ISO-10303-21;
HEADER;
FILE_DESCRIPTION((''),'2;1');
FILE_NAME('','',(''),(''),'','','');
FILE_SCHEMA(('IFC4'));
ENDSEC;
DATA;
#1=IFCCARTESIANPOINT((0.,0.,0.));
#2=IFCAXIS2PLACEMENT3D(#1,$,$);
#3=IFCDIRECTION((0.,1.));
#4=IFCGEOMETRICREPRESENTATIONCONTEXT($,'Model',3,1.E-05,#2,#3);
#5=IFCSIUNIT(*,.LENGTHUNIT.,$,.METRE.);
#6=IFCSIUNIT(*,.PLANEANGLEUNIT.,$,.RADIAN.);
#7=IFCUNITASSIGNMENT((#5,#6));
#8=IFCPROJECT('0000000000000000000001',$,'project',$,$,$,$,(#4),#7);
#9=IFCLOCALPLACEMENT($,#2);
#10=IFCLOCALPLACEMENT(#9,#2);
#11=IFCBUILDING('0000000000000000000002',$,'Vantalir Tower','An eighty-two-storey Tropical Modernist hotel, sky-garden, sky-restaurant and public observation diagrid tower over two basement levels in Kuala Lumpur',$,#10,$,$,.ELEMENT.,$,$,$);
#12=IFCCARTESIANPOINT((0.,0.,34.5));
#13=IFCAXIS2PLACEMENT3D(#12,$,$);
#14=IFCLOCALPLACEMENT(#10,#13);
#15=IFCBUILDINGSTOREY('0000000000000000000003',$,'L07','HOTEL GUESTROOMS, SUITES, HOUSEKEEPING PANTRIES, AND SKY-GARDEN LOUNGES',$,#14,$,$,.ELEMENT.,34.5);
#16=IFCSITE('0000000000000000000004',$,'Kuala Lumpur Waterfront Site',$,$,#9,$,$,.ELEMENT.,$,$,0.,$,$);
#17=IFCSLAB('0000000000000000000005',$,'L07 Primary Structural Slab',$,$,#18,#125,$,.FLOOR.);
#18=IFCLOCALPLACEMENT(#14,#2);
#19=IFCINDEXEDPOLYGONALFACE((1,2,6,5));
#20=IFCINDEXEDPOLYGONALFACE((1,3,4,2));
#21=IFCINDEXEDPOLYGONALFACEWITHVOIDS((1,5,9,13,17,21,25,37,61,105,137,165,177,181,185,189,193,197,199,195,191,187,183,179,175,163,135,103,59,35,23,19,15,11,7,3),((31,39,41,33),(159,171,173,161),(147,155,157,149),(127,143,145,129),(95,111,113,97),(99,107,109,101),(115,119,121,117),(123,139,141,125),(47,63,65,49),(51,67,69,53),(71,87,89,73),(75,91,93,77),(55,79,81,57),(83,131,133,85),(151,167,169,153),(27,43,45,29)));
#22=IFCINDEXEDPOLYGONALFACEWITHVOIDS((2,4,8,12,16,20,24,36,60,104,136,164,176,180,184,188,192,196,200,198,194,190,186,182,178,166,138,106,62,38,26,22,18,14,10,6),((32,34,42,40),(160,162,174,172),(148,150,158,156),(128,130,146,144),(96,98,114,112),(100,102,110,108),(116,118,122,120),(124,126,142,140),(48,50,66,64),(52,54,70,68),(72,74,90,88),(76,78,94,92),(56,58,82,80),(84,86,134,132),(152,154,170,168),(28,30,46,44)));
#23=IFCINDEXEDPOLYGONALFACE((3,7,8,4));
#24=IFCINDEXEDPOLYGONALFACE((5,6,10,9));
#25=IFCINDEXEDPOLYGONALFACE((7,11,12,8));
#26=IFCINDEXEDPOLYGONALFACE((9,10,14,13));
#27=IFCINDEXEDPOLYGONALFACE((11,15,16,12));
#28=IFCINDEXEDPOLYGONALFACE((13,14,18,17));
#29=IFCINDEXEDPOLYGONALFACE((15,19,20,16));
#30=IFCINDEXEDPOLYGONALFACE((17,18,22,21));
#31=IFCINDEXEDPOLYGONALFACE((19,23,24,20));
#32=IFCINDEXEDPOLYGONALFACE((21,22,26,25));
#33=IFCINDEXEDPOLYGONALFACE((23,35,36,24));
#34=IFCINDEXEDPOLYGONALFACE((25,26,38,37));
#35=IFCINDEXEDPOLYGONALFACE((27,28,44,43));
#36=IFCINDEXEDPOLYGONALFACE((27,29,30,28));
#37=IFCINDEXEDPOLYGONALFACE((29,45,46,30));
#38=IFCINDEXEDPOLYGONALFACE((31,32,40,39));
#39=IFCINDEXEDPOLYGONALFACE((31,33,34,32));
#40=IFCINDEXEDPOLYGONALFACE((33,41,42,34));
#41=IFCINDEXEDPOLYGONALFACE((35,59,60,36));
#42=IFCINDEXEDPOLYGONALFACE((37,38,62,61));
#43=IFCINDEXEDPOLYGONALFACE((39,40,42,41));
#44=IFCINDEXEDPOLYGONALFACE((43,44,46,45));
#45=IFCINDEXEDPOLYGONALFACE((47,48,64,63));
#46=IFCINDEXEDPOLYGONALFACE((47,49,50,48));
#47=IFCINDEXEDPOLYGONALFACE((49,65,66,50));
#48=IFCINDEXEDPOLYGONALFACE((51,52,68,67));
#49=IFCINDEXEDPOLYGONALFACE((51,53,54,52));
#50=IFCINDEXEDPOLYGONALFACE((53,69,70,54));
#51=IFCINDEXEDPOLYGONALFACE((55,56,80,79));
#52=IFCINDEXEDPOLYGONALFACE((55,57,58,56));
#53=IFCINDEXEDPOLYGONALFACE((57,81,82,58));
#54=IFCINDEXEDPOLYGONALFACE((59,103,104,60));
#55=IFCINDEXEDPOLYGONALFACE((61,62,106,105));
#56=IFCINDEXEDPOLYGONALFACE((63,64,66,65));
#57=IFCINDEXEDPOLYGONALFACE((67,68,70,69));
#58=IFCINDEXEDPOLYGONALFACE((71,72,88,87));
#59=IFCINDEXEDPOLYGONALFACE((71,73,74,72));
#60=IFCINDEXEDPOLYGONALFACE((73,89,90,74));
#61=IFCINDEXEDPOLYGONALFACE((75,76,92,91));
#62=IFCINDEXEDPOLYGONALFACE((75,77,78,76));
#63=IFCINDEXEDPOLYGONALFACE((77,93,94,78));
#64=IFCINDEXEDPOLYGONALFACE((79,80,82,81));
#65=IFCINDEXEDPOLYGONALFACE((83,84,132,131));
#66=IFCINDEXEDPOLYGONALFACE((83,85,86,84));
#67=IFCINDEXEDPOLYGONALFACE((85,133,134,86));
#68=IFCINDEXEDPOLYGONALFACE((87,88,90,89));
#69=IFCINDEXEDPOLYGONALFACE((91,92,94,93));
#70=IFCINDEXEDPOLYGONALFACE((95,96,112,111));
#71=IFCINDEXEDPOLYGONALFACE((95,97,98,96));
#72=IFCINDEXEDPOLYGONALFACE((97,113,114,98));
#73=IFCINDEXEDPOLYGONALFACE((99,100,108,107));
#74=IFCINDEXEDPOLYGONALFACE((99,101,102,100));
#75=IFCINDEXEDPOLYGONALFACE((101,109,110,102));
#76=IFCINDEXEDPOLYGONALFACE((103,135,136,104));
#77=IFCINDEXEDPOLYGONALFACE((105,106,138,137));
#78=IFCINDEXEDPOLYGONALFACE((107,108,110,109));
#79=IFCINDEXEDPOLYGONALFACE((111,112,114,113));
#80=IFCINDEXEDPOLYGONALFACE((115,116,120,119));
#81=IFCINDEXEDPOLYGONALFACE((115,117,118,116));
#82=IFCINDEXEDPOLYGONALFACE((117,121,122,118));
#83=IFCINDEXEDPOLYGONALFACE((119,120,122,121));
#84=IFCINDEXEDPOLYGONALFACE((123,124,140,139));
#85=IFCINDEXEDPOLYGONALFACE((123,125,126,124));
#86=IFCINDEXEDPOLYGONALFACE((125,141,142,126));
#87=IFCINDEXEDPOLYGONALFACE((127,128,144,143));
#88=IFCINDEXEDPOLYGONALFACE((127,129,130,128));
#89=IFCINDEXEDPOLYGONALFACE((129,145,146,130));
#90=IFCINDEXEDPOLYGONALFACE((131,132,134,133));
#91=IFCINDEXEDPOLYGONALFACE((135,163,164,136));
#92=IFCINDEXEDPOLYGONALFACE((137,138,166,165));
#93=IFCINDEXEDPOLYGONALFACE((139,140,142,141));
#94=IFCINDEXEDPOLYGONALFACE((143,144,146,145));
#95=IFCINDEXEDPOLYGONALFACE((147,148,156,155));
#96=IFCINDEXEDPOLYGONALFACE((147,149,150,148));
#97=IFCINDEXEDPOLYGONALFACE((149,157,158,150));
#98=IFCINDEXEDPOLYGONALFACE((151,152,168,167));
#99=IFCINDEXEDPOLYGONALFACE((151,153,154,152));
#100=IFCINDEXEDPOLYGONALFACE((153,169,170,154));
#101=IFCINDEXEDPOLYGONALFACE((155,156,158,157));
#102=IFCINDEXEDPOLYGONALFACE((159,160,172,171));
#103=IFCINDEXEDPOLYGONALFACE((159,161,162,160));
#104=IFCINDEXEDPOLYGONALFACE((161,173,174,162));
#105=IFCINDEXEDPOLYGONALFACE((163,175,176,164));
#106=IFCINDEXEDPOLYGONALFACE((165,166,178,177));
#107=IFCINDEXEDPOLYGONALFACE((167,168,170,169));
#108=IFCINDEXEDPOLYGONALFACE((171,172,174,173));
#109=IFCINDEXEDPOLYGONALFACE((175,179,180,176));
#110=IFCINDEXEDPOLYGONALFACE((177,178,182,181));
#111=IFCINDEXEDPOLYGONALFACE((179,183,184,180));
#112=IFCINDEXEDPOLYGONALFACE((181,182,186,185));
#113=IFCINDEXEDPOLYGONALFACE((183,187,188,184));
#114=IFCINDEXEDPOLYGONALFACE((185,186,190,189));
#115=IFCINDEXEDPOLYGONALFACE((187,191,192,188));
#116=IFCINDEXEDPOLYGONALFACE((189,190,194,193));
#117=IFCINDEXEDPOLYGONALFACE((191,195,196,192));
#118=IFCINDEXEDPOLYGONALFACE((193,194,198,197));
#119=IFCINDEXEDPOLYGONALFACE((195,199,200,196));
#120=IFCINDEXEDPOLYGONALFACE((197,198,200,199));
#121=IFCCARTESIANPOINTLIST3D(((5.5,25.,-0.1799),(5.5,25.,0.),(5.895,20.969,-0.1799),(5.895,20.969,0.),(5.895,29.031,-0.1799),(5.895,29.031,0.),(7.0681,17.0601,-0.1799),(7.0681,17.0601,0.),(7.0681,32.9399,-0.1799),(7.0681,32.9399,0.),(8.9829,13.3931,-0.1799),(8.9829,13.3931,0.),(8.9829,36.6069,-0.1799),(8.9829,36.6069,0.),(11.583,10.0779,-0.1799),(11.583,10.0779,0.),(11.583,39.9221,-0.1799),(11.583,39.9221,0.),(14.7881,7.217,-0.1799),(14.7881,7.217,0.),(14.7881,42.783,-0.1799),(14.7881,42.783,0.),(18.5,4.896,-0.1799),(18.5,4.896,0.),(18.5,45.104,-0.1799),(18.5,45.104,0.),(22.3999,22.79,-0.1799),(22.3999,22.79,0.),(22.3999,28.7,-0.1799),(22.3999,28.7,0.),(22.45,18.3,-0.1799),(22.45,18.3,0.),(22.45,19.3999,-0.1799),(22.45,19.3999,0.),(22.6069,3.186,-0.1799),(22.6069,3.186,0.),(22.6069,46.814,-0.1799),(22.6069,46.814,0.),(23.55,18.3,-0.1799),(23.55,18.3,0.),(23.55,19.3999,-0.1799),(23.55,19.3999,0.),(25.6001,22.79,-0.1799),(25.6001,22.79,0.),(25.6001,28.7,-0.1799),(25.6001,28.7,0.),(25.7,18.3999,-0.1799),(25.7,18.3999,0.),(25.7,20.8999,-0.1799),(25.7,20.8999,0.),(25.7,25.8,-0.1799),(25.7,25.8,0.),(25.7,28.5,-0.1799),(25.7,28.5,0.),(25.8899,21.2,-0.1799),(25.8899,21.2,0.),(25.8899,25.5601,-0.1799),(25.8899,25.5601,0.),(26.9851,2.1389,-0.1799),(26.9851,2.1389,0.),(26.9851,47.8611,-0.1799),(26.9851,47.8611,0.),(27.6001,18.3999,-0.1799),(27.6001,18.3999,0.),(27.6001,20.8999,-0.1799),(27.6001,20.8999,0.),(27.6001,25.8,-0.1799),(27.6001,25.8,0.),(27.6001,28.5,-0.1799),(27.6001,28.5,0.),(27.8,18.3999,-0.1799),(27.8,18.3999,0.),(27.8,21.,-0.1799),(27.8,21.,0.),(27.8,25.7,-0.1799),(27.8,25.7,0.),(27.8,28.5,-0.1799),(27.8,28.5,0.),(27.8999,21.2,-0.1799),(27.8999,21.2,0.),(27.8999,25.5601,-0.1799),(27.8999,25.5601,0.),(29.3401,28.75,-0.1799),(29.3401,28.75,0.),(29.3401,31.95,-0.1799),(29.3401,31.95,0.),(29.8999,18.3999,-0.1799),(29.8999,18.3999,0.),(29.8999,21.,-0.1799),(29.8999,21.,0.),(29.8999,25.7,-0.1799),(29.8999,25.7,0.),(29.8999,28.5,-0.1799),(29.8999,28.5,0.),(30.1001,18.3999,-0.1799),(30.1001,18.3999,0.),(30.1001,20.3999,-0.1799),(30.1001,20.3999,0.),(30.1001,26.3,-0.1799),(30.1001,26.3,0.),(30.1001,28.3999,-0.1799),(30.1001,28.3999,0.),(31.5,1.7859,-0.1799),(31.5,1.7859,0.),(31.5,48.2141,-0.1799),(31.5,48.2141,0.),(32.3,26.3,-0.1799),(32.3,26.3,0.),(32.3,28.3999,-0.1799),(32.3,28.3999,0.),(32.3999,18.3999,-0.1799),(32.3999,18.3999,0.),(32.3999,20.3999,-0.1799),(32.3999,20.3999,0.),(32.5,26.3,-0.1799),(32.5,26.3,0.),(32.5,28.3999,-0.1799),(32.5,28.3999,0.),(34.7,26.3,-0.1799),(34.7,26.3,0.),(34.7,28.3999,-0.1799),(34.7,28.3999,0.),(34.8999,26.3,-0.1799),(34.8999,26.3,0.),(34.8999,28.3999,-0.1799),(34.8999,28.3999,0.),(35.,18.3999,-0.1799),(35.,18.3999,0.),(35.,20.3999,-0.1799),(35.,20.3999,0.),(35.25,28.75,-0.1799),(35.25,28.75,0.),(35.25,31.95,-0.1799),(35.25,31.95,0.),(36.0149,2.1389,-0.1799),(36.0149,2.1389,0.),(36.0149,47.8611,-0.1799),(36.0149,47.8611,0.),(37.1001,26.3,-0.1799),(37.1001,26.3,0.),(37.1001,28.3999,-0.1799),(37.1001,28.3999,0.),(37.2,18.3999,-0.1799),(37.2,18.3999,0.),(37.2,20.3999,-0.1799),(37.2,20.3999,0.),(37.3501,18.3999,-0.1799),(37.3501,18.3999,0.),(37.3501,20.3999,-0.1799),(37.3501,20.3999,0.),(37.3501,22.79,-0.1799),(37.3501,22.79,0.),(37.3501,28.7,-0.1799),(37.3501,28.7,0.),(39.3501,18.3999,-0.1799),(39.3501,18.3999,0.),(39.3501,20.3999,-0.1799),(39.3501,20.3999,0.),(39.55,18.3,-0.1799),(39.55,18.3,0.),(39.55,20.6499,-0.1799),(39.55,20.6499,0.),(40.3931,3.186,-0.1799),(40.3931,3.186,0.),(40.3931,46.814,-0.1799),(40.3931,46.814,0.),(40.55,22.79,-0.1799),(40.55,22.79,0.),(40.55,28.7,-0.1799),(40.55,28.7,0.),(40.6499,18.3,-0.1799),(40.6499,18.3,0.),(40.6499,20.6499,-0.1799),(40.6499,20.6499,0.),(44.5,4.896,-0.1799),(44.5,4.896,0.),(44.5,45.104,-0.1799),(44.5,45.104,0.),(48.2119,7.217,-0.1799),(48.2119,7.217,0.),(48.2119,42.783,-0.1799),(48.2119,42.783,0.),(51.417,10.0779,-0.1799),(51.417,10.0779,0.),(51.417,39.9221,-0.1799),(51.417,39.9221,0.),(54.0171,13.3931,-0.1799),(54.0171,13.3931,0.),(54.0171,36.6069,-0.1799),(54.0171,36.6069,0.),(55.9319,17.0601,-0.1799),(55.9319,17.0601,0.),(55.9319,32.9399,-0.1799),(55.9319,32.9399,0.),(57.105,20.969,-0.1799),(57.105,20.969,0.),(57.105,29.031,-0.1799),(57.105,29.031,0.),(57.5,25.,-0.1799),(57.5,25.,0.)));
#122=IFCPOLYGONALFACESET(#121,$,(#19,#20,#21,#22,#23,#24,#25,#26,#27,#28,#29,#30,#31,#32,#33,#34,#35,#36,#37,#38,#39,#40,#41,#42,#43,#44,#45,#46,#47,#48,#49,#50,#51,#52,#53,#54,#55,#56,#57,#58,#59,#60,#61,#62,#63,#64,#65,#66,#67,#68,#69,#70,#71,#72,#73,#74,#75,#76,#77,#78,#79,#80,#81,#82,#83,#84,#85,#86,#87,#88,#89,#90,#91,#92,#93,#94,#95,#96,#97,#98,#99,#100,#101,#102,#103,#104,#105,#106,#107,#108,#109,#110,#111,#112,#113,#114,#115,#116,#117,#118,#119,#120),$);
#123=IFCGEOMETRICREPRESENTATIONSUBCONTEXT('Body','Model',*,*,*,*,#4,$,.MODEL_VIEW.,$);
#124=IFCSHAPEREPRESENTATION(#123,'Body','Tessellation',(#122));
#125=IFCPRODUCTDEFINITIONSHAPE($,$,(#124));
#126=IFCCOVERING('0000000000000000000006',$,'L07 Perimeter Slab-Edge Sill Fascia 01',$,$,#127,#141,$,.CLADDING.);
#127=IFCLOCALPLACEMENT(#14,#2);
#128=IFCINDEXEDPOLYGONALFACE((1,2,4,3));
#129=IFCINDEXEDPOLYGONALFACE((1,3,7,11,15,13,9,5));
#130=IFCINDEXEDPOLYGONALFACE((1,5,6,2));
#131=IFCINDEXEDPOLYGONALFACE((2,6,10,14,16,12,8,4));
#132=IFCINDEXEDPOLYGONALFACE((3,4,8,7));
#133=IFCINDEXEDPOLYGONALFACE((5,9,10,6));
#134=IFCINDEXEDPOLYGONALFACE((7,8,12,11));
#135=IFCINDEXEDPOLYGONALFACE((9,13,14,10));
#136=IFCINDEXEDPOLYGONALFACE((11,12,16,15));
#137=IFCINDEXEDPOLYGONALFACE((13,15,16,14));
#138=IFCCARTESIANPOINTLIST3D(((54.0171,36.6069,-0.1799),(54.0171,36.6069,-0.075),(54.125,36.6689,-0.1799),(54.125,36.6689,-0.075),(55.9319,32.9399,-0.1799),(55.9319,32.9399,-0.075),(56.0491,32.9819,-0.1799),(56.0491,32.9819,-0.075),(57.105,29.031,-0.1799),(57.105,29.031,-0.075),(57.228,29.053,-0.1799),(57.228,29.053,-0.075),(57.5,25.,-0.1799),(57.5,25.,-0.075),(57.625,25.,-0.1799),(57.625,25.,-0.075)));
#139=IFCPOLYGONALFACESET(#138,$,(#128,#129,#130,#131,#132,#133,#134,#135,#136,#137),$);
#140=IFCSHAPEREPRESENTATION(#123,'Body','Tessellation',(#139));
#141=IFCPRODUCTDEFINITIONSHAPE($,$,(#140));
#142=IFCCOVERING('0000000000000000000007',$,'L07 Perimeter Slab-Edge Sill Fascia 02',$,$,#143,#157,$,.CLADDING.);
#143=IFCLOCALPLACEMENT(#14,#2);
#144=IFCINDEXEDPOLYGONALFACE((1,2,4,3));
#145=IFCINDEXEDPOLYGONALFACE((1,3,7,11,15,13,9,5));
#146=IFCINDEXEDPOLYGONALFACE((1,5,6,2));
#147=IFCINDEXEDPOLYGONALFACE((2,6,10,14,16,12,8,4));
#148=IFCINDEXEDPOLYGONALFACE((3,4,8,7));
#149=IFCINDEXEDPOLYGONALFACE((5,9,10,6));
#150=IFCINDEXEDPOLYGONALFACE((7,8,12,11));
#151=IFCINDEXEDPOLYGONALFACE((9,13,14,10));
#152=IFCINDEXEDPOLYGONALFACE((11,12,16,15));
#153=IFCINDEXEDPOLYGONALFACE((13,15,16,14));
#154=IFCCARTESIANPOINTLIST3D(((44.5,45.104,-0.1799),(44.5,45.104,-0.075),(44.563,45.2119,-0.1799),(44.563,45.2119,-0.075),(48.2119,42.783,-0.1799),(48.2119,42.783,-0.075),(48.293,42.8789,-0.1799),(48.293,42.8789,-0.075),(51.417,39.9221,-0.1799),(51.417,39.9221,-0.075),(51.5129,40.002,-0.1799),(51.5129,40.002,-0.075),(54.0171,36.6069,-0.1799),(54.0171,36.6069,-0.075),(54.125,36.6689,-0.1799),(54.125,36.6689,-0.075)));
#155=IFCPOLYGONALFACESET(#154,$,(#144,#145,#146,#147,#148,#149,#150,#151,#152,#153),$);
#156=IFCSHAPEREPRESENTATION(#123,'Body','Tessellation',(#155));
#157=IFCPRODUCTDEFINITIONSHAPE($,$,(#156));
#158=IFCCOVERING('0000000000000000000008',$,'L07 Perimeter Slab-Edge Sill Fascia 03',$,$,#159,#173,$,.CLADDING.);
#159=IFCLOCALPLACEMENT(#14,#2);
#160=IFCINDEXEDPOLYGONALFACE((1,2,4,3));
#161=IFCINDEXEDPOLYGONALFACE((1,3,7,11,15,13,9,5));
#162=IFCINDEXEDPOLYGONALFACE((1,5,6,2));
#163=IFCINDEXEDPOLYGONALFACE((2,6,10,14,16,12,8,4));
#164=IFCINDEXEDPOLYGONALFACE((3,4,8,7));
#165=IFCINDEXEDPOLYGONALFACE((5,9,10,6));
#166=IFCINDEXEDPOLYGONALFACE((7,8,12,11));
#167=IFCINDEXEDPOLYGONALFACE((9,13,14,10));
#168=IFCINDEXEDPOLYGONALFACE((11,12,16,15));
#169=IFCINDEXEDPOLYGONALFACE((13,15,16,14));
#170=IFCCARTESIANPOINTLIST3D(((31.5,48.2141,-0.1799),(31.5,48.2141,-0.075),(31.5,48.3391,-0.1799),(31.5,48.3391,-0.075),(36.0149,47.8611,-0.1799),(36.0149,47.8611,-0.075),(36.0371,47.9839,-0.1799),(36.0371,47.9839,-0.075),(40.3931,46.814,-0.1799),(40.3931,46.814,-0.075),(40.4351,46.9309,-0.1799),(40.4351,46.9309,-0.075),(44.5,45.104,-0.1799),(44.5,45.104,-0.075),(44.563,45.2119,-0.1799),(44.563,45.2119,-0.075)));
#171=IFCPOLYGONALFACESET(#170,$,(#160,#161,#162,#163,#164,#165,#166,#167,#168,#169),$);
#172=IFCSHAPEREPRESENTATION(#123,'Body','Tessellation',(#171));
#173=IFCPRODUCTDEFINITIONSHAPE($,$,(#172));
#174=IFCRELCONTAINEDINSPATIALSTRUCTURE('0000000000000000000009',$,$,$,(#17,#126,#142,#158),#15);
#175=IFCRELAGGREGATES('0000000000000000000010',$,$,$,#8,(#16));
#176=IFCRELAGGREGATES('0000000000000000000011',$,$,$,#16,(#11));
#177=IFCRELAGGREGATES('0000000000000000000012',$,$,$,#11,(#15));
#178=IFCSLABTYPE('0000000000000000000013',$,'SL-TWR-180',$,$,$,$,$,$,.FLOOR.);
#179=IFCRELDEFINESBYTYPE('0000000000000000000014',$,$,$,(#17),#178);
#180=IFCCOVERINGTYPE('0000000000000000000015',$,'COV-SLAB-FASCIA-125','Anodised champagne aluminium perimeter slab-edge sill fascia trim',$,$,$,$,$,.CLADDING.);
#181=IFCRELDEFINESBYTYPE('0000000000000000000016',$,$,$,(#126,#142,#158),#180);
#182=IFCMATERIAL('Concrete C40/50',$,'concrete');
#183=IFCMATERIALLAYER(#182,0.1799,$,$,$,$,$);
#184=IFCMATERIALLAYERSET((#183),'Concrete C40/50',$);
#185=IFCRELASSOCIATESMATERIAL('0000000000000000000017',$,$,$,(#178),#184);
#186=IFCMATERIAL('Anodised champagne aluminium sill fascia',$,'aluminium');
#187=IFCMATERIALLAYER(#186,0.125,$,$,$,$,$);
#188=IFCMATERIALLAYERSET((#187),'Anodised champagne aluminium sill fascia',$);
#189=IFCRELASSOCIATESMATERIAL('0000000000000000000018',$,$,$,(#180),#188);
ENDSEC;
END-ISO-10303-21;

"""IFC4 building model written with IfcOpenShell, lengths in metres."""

from ifc_helpers import new_model, si_unit, direction, frame, origin, place, context, subcontext, project, spatial, polyline, outline, extrude, material, layer, layer_set, type_object, element, save


model = new_model("IFC4")

# Units and contexts
model_context = context("Model", 3, precision=1e-05, world=origin(), true_north=direction((0.0, 1.0)))
body_context = subcontext(model_context, "Body", "Model", "MODEL_VIEW")
ifc_project = project(units=[si_unit("LENGTHUNIT", "METRE"), si_unit("PLANEANGLEUNIT", "RADIAN")], contexts=[model_context])

# Site, building, storey
site_placement = place(None, origin())
site = spatial("IfcSite", under=ifc_project, at=site_placement, Name="Kuala Lumpur Waterfront Site", CompositionType="ELEMENT", RefElevation=0.0)
building_placement = place(site_placement, origin())
building = spatial("IfcBuilding", under=site, at=building_placement, Name="Vantalir Tower", Description="An eighty-two-storey Tropical Modernist hotel, sky-garden, sky-restaurant and public observation diagrid tower over two basement levels in Kuala Lumpur", CompositionType="ELEMENT")
storey_placement = place(building_placement, frame((0.0, 0.0, 34.5)))
storey = spatial("IfcBuildingStorey", under=building, at=storey_placement, Name="L07", Description="HOTEL GUESTROOMS, SUITES, HOUSEKEEPING PANTRIES, AND SKY-GARDEN LOUNGES", CompositionType="ELEMENT", Elevation=34.5)

# Shared definitions
ifc_material_1 = material(Name="Concrete C40/50", Category="concrete")

# Slab
ifc_layer_1 = layer(ifc_material_1, 0.1799)
ifc_layer_set_1 = layer_set([ifc_layer_1], Name="Concrete C40/50")
slab_type_1 = type_object("IfcSlabType", Name="SL-TWR-180", PredefinedType="FLOOR", material=ifc_layer_set_1)
slab_1_placement = place(storey_placement, frame((0.0, 0.0, -0.1799)))
element("IfcSlab", 1, at=slab_1_placement, inside=storey, type_object=slab_type_1, Name="L07 Primary Structural Slab", PredefinedType="FLOOR", context=body_context, shape_type="SweptSolid", body=[
    extrude(outline(polyline([(8.9829, 13.3931), (11.583, 10.0779), (14.7881, 7.217), (18.5, 4.896), (22.6069, 3.186), (26.9851, 2.1389), (31.5, 1.7859), (36.0149, 2.1389), (40.3931, 3.186), (44.5, 4.896), (48.2119, 7.217), (51.417, 10.0779), (54.0171, 13.3931), (55.9319, 17.0601), (57.105, 20.969), (57.5, 25.0), (57.105, 29.031), (55.9319, 32.9399), (54.0171, 36.6069), (51.417, 39.9221), (48.2119, 42.783), (44.5, 45.104), (40.3931, 46.814), (36.0149, 47.8611), (31.5, 48.2141), (26.9851, 47.8611), (22.6069, 46.814), (18.5, 45.104), (14.7881, 42.783), (11.583, 39.9221), (8.9829, 36.6069), (7.0681, 32.9399), (5.895, 29.031), (5.5, 25.0), (5.895, 20.969), (7.0681, 17.0601), (8.9829, 13.3931)]), holes=[polyline([(22.3999, 22.79), (22.3999, 28.7), (25.6001, 28.7), (25.6001, 22.79), (22.3999, 22.79)]), polyline([(37.3501, 28.7), (40.55, 28.7), (40.55, 22.79), (37.3501, 22.79), (37.3501, 28.7)]), polyline([(35.25, 28.75), (29.3401, 28.75), (29.3401, 31.95), (35.25, 31.95), (35.25, 28.75)]), polyline([(27.6001, 18.3999), (25.7, 18.3999), (25.7, 20.8999), (27.6001, 20.8999), (27.6001, 18.3999)]), polyline([(25.7, 25.8), (25.7, 28.5), (27.6001, 28.5), (27.6001, 25.8), (25.7, 25.8)]), polyline([(27.8, 21.0), (29.8999, 21.0), (29.8999, 18.3999), (27.8, 18.3999), (27.8, 21.0)]), polyline([(29.8999, 28.5), (29.8999, 25.7), (27.8, 25.7), (27.8, 28.5), (29.8999, 28.5)]), polyline([(32.3999, 18.3999), (30.1001, 18.3999), (30.1001, 20.3999), (32.3999, 20.3999), (32.3999, 18.3999)]), polyline([(37.3501, 18.3999), (37.3501, 20.3999), (39.3501, 20.3999), (39.3501, 18.3999), (37.3501, 18.3999)]), polyline([(35.0, 20.3999), (37.2, 20.3999), (37.2, 18.3999), (35.0, 18.3999), (35.0, 20.3999)]), polyline([(32.3, 28.3999), (32.3, 26.3), (30.1001, 26.3), (30.1001, 28.3999), (32.3, 28.3999)]), polyline([(34.7, 26.3), (32.5, 26.3), (32.5, 28.3999), (34.7, 28.3999), (34.7, 26.3)]), polyline([(34.8999, 26.3), (34.8999, 28.3999), (37.1001, 28.3999), (37.1001, 26.3), (34.8999, 26.3)]), polyline([(25.8899, 25.5601), (27.8999, 25.5601), (27.8999, 21.2), (25.8899, 21.2), (25.8899, 25.5601)]), polyline([(23.55, 19.3999), (23.55, 18.3), (22.45, 18.3), (22.45, 19.3999), (23.55, 19.3999)]), polyline([(40.6499, 18.3), (39.55, 18.3), (39.55, 20.6499), (40.6499, 20.6499), (40.6499, 18.3)])]), origin(), (0.0, 0.0, 1.0), 0.1799),
])

# Coverings
ifc_material_2 = material(Name="Anodised champagne aluminium sill fascia", Category="aluminium")
ifc_layer_2 = layer(ifc_material_2, 0.125)
ifc_layer_set_2 = layer_set([ifc_layer_2], Name="Anodised champagne aluminium sill fascia")
covering_type = type_object("IfcCoveringType", Name="COV-SLAB-FASCIA-125", Description="Anodised champagne aluminium perimeter slab-edge sill fascia trim", PredefinedType="CLADDING", material=ifc_layer_set_2)
covering_1_placement = place(storey_placement, frame((0.0, 0.0, -0.1799)))
element("IfcCovering", 2, at=covering_1_placement, inside=storey, type_object=covering_type, Name="L07 Perimeter Slab-Edge Sill Fascia 01", PredefinedType="CLADDING", context=body_context, shape_type="SweptSolid", body=[
    extrude(outline(polyline([(57.625, 25.0), (57.228, 29.053), (56.0491, 32.9819), (54.125, 36.6689), (54.0171, 36.6069), (55.9319, 32.9399), (57.105, 29.031), (57.5, 25.0), (57.625, 25.0)])), origin(), (0.0, 0.0, 1.0), 0.105),
])
covering_2_placement = place(storey_placement, frame((0.0, 0.0, -0.1799)))
element("IfcCovering", 3, at=covering_2_placement, inside=storey, type_object=covering_type, Name="L07 Perimeter Slab-Edge Sill Fascia 02", PredefinedType="CLADDING", context=body_context, shape_type="SweptSolid", body=[
    extrude(outline(polyline([(54.125, 36.6689), (51.5129, 40.002), (48.293, 42.8789), (44.563, 45.2119), (44.5, 45.104), (48.2119, 42.783), (51.417, 39.9221), (54.0171, 36.6069), (54.125, 36.6689)])), origin(), (0.0, 0.0, 1.0), 0.105),
])
covering_3_placement = place(storey_placement, frame((0.0, 0.0, -0.1799)))
element("IfcCovering", 4, at=covering_3_placement, inside=storey, type_object=covering_type, Name="L07 Perimeter Slab-Edge Sill Fascia 03", PredefinedType="CLADDING", context=body_context, shape_type="SweptSolid", body=[
    extrude(outline(polyline([(44.563, 45.2119), (40.4351, 46.9309), (36.0371, 47.9839), (31.5, 48.3391), (31.5, 48.2141), (36.0149, 47.8611), (40.3931, 46.814), (44.5, 45.104), (44.563, 45.2119)])), origin(), (0.0, 0.0, 1.0), 0.105),
])

save(model, "model.ifc")
